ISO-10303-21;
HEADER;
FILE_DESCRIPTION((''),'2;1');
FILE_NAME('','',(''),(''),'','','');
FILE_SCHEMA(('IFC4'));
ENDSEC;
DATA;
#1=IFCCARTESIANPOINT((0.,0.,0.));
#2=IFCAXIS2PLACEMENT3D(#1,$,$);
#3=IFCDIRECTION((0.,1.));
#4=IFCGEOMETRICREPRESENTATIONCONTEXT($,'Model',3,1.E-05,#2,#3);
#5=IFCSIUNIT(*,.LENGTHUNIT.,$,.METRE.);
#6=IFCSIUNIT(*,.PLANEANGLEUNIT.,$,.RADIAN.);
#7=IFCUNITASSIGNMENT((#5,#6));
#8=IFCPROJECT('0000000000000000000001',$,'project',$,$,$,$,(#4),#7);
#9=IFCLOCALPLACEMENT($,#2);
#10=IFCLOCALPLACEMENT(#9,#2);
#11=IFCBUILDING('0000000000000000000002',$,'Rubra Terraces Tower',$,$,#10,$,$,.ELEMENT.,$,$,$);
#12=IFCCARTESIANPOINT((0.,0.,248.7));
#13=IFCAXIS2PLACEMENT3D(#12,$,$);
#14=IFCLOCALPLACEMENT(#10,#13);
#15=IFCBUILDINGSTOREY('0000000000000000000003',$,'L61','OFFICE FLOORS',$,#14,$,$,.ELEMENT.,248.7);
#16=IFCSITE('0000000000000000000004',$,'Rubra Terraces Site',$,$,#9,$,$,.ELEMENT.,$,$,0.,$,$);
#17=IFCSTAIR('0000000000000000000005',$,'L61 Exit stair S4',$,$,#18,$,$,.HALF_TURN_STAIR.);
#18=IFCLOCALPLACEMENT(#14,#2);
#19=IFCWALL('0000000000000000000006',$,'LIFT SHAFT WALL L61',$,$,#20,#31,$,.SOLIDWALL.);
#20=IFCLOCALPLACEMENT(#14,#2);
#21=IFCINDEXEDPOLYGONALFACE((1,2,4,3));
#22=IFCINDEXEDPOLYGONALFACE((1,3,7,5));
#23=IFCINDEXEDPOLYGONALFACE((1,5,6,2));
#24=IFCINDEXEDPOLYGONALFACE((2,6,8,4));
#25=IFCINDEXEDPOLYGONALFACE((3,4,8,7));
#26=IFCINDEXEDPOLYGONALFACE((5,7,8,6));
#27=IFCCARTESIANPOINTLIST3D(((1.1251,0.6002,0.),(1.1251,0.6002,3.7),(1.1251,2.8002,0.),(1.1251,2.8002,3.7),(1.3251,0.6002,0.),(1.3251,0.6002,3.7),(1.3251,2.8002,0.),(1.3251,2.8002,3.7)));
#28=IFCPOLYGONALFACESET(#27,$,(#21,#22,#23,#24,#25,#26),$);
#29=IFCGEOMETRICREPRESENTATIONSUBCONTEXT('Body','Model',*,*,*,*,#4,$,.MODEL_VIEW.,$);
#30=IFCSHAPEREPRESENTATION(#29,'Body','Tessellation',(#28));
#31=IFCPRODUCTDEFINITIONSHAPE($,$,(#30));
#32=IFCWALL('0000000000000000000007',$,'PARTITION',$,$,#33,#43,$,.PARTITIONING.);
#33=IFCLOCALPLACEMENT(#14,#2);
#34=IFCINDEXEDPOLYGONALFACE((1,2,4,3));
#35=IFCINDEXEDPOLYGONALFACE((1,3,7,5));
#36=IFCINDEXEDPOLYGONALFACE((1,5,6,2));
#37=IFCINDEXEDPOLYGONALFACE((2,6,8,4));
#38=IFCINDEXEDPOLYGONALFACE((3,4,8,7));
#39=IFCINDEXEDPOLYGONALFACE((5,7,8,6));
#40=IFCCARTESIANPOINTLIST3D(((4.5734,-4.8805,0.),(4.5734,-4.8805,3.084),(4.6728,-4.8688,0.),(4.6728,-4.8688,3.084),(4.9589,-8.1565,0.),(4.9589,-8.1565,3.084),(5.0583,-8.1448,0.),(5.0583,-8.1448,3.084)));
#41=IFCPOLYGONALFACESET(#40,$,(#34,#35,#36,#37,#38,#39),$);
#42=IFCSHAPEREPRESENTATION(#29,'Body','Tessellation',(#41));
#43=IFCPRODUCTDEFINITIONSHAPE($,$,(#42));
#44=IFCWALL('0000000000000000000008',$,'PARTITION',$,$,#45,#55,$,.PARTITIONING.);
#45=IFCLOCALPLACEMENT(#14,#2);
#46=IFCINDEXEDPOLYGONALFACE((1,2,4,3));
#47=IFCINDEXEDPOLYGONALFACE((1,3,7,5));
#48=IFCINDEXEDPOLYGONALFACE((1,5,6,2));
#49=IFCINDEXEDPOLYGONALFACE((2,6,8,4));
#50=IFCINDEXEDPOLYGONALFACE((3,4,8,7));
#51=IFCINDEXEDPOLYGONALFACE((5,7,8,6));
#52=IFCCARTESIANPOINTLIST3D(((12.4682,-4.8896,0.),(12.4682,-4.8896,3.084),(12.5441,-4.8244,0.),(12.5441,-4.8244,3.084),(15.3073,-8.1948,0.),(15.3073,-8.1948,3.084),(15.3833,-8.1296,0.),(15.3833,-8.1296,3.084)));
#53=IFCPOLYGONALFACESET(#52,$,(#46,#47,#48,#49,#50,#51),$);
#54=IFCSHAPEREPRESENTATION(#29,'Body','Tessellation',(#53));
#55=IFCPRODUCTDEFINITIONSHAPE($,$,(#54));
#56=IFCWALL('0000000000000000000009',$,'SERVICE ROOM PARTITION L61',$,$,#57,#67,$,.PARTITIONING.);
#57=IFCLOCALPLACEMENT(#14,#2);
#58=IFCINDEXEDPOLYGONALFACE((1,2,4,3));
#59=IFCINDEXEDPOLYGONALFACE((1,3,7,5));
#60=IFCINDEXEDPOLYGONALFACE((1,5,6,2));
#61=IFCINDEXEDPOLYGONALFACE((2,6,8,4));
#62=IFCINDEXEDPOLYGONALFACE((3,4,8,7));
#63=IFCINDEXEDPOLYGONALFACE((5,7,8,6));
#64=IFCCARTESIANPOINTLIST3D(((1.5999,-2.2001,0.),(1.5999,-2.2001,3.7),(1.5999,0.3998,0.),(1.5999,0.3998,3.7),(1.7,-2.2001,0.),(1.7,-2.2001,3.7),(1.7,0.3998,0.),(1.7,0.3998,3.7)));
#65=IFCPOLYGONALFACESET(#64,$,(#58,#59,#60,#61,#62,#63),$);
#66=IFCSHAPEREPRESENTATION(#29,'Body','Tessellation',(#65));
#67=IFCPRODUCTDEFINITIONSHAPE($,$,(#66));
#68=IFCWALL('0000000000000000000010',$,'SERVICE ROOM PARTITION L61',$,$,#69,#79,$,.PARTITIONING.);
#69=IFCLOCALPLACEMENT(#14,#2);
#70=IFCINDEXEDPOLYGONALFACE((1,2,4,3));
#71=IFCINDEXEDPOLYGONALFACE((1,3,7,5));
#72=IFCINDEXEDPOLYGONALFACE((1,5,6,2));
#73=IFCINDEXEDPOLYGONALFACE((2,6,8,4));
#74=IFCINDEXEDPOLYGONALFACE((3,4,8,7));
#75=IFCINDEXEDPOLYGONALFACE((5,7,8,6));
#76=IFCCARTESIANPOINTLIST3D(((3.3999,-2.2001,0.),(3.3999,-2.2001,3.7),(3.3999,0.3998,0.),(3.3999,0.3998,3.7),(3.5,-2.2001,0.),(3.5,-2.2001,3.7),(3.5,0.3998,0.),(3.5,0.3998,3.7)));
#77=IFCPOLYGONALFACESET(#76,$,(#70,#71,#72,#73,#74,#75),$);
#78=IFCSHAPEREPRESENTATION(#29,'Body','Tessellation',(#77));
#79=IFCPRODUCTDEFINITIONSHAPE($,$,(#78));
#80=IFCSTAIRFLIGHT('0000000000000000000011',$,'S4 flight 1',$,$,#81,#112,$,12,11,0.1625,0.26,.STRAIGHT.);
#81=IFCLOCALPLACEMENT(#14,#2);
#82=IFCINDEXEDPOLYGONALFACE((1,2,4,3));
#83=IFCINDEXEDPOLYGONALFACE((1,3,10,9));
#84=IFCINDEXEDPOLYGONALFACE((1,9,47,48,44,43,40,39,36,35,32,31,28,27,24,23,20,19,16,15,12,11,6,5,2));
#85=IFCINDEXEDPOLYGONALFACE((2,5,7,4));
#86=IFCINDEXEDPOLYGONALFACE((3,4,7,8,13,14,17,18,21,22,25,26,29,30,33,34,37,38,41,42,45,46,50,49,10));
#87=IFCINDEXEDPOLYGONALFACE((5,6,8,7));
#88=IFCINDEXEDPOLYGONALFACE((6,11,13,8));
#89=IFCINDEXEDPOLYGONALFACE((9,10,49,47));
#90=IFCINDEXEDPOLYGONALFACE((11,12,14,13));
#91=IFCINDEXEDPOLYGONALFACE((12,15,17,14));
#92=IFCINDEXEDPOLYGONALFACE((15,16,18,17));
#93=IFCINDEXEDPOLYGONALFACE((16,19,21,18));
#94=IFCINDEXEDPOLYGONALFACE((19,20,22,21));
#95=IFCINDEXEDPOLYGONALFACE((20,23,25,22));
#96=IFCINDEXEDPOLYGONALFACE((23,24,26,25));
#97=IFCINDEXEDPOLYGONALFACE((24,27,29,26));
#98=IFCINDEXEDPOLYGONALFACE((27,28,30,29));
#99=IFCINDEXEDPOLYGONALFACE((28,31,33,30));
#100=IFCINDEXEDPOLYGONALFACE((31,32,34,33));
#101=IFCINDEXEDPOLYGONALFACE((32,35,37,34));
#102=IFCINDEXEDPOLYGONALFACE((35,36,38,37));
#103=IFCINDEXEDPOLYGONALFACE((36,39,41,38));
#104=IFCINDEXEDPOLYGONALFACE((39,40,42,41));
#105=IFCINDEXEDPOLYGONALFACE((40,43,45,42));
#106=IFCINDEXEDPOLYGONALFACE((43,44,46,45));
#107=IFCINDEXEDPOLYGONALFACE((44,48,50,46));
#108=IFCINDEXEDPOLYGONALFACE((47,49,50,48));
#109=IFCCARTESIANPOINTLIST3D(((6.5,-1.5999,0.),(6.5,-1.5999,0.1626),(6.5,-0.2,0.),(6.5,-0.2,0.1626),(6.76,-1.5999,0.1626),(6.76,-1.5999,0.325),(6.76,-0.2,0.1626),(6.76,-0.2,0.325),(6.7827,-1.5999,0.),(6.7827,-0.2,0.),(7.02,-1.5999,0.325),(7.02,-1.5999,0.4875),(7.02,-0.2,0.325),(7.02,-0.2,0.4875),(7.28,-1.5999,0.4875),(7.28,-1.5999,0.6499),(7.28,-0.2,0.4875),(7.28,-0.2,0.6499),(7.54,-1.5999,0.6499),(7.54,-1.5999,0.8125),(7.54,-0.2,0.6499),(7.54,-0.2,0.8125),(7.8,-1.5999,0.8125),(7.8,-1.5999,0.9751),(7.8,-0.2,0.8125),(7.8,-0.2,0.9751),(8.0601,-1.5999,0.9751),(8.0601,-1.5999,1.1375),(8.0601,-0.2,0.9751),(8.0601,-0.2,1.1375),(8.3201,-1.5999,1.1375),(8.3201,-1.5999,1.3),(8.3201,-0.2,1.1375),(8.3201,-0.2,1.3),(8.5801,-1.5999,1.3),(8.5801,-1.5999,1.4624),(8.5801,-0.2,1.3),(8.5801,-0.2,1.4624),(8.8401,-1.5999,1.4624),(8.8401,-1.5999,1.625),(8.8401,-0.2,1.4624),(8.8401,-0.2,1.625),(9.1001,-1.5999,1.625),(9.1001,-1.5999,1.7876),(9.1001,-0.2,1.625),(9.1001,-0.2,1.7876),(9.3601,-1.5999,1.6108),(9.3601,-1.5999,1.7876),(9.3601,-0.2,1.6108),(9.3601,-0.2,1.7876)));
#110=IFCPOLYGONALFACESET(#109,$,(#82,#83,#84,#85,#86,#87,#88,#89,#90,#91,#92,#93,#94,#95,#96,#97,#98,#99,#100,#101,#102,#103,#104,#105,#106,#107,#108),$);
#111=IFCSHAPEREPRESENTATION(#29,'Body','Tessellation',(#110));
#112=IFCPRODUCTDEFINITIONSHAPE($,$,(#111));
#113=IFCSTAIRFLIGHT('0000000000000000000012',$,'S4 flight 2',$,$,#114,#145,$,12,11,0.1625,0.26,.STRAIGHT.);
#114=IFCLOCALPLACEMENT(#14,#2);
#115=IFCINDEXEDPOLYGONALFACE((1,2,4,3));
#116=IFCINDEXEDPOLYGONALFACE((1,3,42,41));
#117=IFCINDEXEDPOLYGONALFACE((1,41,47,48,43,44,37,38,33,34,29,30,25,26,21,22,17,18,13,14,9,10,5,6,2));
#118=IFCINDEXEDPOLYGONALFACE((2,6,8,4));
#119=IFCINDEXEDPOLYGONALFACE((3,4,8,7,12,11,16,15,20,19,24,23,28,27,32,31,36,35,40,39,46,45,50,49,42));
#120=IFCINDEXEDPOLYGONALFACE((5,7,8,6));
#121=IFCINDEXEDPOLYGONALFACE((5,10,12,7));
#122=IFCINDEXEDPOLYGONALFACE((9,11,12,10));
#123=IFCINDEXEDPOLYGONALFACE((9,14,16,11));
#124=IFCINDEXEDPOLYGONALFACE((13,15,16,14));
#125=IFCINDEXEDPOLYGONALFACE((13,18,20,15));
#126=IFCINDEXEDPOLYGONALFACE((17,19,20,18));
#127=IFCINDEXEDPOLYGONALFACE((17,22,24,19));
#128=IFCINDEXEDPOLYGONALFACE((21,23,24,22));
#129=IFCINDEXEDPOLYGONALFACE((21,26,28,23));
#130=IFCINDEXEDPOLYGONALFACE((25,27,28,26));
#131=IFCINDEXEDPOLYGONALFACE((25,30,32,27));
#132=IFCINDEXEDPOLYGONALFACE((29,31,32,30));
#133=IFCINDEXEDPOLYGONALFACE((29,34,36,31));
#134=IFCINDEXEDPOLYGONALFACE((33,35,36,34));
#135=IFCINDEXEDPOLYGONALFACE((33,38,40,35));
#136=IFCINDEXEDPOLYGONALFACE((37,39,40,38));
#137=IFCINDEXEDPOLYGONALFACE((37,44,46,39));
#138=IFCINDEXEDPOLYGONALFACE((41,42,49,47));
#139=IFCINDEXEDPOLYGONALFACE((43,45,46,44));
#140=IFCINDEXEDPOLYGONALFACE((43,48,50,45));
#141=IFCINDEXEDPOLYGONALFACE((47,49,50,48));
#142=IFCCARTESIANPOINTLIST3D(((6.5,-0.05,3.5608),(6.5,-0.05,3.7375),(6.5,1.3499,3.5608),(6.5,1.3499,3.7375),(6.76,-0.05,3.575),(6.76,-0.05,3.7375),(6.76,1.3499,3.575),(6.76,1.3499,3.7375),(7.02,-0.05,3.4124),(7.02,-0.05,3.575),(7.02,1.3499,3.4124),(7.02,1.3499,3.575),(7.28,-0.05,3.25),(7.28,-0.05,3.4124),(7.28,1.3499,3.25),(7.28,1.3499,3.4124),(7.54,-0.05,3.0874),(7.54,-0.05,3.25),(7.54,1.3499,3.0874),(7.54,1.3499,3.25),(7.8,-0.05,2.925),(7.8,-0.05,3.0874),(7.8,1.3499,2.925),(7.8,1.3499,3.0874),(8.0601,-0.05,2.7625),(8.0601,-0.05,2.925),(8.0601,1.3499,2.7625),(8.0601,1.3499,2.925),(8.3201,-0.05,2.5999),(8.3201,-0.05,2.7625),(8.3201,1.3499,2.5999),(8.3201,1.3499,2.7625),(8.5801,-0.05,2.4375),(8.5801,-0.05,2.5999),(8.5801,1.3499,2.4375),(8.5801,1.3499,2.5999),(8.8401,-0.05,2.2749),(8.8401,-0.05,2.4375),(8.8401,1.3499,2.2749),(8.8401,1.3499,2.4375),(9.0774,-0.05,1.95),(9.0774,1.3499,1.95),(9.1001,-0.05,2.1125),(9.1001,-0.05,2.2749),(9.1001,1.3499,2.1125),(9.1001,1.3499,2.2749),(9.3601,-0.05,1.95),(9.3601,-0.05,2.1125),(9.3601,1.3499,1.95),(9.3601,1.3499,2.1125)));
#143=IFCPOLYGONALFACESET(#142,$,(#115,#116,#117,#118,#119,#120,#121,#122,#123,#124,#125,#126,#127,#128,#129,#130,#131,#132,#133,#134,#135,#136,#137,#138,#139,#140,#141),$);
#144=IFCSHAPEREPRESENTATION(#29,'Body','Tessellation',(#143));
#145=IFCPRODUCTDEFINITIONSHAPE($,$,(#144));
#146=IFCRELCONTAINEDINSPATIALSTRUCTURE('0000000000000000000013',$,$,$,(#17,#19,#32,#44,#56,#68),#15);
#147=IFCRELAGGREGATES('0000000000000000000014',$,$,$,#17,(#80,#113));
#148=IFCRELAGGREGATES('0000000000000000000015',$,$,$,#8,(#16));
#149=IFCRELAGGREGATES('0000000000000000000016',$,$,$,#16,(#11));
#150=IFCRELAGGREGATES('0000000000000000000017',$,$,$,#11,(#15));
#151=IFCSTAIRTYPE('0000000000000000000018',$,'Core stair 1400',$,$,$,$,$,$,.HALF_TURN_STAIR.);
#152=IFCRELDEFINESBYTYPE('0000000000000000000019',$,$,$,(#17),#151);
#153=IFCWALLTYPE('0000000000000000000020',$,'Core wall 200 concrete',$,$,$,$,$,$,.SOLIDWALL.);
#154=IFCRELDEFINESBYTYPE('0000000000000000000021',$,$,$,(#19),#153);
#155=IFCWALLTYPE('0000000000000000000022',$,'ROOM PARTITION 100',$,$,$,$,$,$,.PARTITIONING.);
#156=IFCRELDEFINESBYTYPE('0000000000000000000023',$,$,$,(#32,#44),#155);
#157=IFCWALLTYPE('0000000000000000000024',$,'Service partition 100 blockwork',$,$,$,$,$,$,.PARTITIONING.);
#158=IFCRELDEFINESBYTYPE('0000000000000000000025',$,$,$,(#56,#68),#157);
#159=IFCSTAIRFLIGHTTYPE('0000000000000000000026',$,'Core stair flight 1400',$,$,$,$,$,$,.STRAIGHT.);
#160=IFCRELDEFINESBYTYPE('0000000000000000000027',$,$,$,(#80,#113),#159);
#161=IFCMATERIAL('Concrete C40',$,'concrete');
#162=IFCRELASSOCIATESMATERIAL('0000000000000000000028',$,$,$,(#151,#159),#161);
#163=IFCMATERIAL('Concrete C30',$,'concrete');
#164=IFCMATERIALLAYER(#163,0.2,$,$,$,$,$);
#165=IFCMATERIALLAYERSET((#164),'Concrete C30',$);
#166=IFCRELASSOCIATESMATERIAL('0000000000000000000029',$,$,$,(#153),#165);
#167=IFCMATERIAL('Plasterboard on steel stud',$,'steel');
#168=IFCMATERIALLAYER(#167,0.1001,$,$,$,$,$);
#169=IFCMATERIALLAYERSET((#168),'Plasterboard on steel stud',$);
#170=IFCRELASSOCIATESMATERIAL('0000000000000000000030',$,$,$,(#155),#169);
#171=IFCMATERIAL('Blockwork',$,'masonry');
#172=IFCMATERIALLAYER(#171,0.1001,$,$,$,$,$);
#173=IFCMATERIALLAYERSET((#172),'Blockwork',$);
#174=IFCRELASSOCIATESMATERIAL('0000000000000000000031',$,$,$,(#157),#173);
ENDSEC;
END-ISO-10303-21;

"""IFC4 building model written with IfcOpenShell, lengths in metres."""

from ifc_helpers import new_model, si_unit, direction, frame, frame_2d, origin, place, context, subcontext, project, spatial, polyline, rectangle, outline, extrude, material, layer, layer_set, type_object, element, aggregate, save


model = new_model("IFC4")

# Units and contexts
model_context = context("Model", 3, precision=1e-05, world=origin(), true_north=direction((0.0, 1.0)))
body_context = subcontext(model_context, "Body", "Model", "MODEL_VIEW")
ifc_project = project(units=[si_unit("LENGTHUNIT", "METRE"), si_unit("PLANEANGLEUNIT", "RADIAN")], contexts=[model_context])

# Site, building, storey
site_placement = place(None, origin())
site = spatial("IfcSite", under=ifc_project, at=site_placement, Name="Rubra Terraces Site", CompositionType="ELEMENT", RefElevation=0.0)
building_placement = place(site_placement, origin())
building = spatial("IfcBuilding", under=site, at=building_placement, Name="Rubra Terraces Tower", CompositionType="ELEMENT")
storey_placement = place(building_placement, frame((0.0, 0.0, 248.7)))
storey = spatial("IfcBuildingStorey", under=building, at=storey_placement, Name="L61", Description="OFFICE FLOORS", CompositionType="ELEMENT", Elevation=248.7)

# Stair
ifc_material_1 = material(Name="Concrete C40", Category="concrete")
stair_type = type_object("IfcStairType", Name="Core stair 1400", PredefinedType="HALF_TURN_STAIR", material=ifc_material_1)
stair_1_placement = place(storey_placement, origin())
stair_1 = element("IfcStair", 1, at=stair_1_placement, inside=storey, type_object=stair_type, Name="L61 Exit stair S4", PredefinedType="HALF_TURN_STAIR")

# Walls
ifc_material_2 = material(Name="Concrete C30", Category="concrete")
ifc_layer_1 = layer(ifc_material_2, 0.2)
ifc_layer_set_1 = layer_set([ifc_layer_1], Name="Concrete C30")
wall_type_1 = type_object("IfcWallType", Name="Core wall 200 concrete", PredefinedType="SOLIDWALL", material=ifc_layer_set_1)
wall_1_placement = place(storey_placement, frame((1.2251, 0.6001, 0.0), z_axis=(0.0, 0.0, 1.0), x_axis=(0.0, 1.0, 0.0)))
element("IfcWall", 2, at=wall_1_placement, inside=storey, type_object=wall_type_1, Name="LIFT SHAFT WALL L61", PredefinedType="SOLIDWALL", context=body_context, shape_type="SweptSolid", body=[
    extrude(rectangle(XDim=2.2, YDim=0.2, at=frame_2d((1.1001, 0.0))), origin(), (0.0, 0.0, 1.0), 3.7),
])
ifc_material_3 = material(Name="Plasterboard on steel stud", Category="steel")
ifc_layer_2 = layer(ifc_material_3, 0.1001)
ifc_layer_set_2 = layer_set([ifc_layer_2], Name="Plasterboard on steel stud")
wall_type_2 = type_object("IfcWallType", Name="ROOM PARTITION 100", PredefinedType="PARTITIONING", material=ifc_layer_set_2)
wall_2_placement = place(storey_placement, frame((4.623, -4.8745, 0.0), z_axis=(0.0, 0.0, 1.0), x_axis=(0.116871, -0.993147, 0.0)))
element("IfcWall", 3, at=wall_2_placement, inside=storey, type_object=wall_type_2, Name="PARTITION", PredefinedType="PARTITIONING", context=body_context, shape_type="SweptSolid", body=[
    extrude(rectangle(XDim=3.2986, YDim=0.1001, at=frame_2d((1.6494, 0.0))), origin(), (0.0, 0.0, 1.0), 3.084),
])
wall_3_placement = place(storey_placement, frame((12.5061, -4.8569, 0.0), z_axis=(0.0, 0.0, 1.0), x_axis=(0.651599, -0.758564, 0.0)))
element("IfcWall", 4, at=wall_3_placement, inside=storey, type_object=wall_type_2, Name="PARTITION", PredefinedType="PARTITIONING", context=body_context, shape_type="SweptSolid", body=[
    extrude(rectangle(XDim=4.3572, YDim=0.1001, at=frame_2d((2.1787, 0.0))), origin(), (0.0, 0.0, 1.0), 3.084),
])
ifc_material_4 = material(Name="Blockwork", Category="masonry")
ifc_layer_3 = layer(ifc_material_4, 0.1001)
ifc_layer_set_3 = layer_set([ifc_layer_3], Name="Blockwork")
wall_type_3 = type_object("IfcWallType", Name="Service partition 100 blockwork", PredefinedType="PARTITIONING", material=ifc_layer_set_3)
for number, where, z_axis, x_axis, name in (
    (5, (1.6499, -2.2, 0.0), (0.0, 0.0, 1.0), (0.0, 1.0, 0.0), "SERVICE ROOM PARTITION L61"),
    (6, (3.45, -2.2, 0.0), (0.0, 0.0, 1.0), (0.0, 1.0, 0.0), "SERVICE ROOM PARTITION L61"),
):
    element("IfcWall", number, at=place(storey_placement, frame(where, z_axis=z_axis, x_axis=x_axis)), inside=storey, type_object=wall_type_3, Name=name, PredefinedType="PARTITIONING", context=body_context, shape_type="SweptSolid", body=[
        extrude(rectangle(XDim=2.5999, YDim=0.1001, at=frame_2d((1.2998, 0.0))), origin(), (0.0, 0.0, 1.0), 3.7),
    ])

# Stair flights
stair_flight_type = type_object("IfcStairFlightType", Name="Core stair flight 1400", PredefinedType="STRAIGHT", material=ifc_material_1)
stair_flight_1_placement = place(storey_placement, frame((6.5, -0.8999, 0.0), z_axis=(0.0, 0.0, 1.0), x_axis=(1.0, 0.0, 0.0)))
stair_flight_1 = element("IfcStairFlight", 7, at=stair_flight_1_placement, type_object=stair_flight_type, Name="S4 flight 1", NumberOfRisers=12, NumberOfTreads=11, PredefinedType="STRAIGHT", RiserHeight=0.1625, TreadLength=0.26, context=body_context, shape_type="SweptSolid", body=[
    extrude(outline(polyline([(0.0, 0.0), (0.0, 0.1626), (0.26, 0.1626), (0.26, 0.325), (0.52, 0.325), (0.52, 0.4875), (0.78, 0.4875), (0.78, 0.6499), (1.04, 0.6499), (1.04, 0.8125), (1.3, 0.8125), (1.3, 0.9751), (1.5601, 0.9751), (1.5601, 1.1375), (1.8201, 1.1375), (1.8201, 1.3), (2.0801, 1.3), (2.0801, 1.4624), (2.3401, 1.4624), (2.3401, 1.625), (2.6001, 1.625), (2.6001, 1.7876), (2.8601, 1.7876), (2.8601, 1.95), (2.8601, 1.6108), (0.2827, 0.0), (0.0, 0.0)])), frame((0.0, 0.7, 0.0), z_axis=(0.0, -1.0, 0.0), x_axis=(1.0, 0.0, 0.0)), (0.0, 0.0, 1.0), 1.3999),
])
stair_flight_2_placement = place(storey_placement, frame((9.3601, 0.6499, 1.95), z_axis=(0.0, 0.0, 1.0), x_axis=(-1.0, 0.0, 0.0)))
stair_flight_2 = element("IfcStairFlight", 8, at=stair_flight_2_placement, type_object=stair_flight_type, Name="S4 flight 2", NumberOfRisers=12, NumberOfTreads=11, PredefinedType="STRAIGHT", RiserHeight=0.1625, TreadLength=0.26, context=body_context, shape_type="SweptSolid", body=[
    extrude(outline(polyline([(0.0, 0.0), (0.0, 0.1626), (0.26, 0.1626), (0.26, 0.325), (0.52, 0.325), (0.52, 0.4875), (0.78, 0.4875), (0.78, 0.6499), (1.04, 0.6499), (1.04, 0.8125), (1.3, 0.8125), (1.3, 0.9751), (1.5601, 0.9751), (1.5601, 1.1375), (1.8201, 1.1375), (1.8201, 1.3), (2.0801, 1.3), (2.0801, 1.4624), (2.3401, 1.4624), (2.3401, 1.625), (2.6001, 1.625), (2.6001, 1.7876), (2.8601, 1.7876), (2.8601, 1.95), (2.8601, 1.6108), (0.2827, 0.0), (0.0, 0.0)])), frame((0.0, 0.7, 0.0), z_axis=(0.0, -1.0, 0.0), x_axis=(1.0, 0.0, 0.0)), (0.0, 0.0, 1.0), 1.3999),
])
aggregate(stair_1, [stair_flight_1, stair_flight_2])

save(model, "model.ifc")
